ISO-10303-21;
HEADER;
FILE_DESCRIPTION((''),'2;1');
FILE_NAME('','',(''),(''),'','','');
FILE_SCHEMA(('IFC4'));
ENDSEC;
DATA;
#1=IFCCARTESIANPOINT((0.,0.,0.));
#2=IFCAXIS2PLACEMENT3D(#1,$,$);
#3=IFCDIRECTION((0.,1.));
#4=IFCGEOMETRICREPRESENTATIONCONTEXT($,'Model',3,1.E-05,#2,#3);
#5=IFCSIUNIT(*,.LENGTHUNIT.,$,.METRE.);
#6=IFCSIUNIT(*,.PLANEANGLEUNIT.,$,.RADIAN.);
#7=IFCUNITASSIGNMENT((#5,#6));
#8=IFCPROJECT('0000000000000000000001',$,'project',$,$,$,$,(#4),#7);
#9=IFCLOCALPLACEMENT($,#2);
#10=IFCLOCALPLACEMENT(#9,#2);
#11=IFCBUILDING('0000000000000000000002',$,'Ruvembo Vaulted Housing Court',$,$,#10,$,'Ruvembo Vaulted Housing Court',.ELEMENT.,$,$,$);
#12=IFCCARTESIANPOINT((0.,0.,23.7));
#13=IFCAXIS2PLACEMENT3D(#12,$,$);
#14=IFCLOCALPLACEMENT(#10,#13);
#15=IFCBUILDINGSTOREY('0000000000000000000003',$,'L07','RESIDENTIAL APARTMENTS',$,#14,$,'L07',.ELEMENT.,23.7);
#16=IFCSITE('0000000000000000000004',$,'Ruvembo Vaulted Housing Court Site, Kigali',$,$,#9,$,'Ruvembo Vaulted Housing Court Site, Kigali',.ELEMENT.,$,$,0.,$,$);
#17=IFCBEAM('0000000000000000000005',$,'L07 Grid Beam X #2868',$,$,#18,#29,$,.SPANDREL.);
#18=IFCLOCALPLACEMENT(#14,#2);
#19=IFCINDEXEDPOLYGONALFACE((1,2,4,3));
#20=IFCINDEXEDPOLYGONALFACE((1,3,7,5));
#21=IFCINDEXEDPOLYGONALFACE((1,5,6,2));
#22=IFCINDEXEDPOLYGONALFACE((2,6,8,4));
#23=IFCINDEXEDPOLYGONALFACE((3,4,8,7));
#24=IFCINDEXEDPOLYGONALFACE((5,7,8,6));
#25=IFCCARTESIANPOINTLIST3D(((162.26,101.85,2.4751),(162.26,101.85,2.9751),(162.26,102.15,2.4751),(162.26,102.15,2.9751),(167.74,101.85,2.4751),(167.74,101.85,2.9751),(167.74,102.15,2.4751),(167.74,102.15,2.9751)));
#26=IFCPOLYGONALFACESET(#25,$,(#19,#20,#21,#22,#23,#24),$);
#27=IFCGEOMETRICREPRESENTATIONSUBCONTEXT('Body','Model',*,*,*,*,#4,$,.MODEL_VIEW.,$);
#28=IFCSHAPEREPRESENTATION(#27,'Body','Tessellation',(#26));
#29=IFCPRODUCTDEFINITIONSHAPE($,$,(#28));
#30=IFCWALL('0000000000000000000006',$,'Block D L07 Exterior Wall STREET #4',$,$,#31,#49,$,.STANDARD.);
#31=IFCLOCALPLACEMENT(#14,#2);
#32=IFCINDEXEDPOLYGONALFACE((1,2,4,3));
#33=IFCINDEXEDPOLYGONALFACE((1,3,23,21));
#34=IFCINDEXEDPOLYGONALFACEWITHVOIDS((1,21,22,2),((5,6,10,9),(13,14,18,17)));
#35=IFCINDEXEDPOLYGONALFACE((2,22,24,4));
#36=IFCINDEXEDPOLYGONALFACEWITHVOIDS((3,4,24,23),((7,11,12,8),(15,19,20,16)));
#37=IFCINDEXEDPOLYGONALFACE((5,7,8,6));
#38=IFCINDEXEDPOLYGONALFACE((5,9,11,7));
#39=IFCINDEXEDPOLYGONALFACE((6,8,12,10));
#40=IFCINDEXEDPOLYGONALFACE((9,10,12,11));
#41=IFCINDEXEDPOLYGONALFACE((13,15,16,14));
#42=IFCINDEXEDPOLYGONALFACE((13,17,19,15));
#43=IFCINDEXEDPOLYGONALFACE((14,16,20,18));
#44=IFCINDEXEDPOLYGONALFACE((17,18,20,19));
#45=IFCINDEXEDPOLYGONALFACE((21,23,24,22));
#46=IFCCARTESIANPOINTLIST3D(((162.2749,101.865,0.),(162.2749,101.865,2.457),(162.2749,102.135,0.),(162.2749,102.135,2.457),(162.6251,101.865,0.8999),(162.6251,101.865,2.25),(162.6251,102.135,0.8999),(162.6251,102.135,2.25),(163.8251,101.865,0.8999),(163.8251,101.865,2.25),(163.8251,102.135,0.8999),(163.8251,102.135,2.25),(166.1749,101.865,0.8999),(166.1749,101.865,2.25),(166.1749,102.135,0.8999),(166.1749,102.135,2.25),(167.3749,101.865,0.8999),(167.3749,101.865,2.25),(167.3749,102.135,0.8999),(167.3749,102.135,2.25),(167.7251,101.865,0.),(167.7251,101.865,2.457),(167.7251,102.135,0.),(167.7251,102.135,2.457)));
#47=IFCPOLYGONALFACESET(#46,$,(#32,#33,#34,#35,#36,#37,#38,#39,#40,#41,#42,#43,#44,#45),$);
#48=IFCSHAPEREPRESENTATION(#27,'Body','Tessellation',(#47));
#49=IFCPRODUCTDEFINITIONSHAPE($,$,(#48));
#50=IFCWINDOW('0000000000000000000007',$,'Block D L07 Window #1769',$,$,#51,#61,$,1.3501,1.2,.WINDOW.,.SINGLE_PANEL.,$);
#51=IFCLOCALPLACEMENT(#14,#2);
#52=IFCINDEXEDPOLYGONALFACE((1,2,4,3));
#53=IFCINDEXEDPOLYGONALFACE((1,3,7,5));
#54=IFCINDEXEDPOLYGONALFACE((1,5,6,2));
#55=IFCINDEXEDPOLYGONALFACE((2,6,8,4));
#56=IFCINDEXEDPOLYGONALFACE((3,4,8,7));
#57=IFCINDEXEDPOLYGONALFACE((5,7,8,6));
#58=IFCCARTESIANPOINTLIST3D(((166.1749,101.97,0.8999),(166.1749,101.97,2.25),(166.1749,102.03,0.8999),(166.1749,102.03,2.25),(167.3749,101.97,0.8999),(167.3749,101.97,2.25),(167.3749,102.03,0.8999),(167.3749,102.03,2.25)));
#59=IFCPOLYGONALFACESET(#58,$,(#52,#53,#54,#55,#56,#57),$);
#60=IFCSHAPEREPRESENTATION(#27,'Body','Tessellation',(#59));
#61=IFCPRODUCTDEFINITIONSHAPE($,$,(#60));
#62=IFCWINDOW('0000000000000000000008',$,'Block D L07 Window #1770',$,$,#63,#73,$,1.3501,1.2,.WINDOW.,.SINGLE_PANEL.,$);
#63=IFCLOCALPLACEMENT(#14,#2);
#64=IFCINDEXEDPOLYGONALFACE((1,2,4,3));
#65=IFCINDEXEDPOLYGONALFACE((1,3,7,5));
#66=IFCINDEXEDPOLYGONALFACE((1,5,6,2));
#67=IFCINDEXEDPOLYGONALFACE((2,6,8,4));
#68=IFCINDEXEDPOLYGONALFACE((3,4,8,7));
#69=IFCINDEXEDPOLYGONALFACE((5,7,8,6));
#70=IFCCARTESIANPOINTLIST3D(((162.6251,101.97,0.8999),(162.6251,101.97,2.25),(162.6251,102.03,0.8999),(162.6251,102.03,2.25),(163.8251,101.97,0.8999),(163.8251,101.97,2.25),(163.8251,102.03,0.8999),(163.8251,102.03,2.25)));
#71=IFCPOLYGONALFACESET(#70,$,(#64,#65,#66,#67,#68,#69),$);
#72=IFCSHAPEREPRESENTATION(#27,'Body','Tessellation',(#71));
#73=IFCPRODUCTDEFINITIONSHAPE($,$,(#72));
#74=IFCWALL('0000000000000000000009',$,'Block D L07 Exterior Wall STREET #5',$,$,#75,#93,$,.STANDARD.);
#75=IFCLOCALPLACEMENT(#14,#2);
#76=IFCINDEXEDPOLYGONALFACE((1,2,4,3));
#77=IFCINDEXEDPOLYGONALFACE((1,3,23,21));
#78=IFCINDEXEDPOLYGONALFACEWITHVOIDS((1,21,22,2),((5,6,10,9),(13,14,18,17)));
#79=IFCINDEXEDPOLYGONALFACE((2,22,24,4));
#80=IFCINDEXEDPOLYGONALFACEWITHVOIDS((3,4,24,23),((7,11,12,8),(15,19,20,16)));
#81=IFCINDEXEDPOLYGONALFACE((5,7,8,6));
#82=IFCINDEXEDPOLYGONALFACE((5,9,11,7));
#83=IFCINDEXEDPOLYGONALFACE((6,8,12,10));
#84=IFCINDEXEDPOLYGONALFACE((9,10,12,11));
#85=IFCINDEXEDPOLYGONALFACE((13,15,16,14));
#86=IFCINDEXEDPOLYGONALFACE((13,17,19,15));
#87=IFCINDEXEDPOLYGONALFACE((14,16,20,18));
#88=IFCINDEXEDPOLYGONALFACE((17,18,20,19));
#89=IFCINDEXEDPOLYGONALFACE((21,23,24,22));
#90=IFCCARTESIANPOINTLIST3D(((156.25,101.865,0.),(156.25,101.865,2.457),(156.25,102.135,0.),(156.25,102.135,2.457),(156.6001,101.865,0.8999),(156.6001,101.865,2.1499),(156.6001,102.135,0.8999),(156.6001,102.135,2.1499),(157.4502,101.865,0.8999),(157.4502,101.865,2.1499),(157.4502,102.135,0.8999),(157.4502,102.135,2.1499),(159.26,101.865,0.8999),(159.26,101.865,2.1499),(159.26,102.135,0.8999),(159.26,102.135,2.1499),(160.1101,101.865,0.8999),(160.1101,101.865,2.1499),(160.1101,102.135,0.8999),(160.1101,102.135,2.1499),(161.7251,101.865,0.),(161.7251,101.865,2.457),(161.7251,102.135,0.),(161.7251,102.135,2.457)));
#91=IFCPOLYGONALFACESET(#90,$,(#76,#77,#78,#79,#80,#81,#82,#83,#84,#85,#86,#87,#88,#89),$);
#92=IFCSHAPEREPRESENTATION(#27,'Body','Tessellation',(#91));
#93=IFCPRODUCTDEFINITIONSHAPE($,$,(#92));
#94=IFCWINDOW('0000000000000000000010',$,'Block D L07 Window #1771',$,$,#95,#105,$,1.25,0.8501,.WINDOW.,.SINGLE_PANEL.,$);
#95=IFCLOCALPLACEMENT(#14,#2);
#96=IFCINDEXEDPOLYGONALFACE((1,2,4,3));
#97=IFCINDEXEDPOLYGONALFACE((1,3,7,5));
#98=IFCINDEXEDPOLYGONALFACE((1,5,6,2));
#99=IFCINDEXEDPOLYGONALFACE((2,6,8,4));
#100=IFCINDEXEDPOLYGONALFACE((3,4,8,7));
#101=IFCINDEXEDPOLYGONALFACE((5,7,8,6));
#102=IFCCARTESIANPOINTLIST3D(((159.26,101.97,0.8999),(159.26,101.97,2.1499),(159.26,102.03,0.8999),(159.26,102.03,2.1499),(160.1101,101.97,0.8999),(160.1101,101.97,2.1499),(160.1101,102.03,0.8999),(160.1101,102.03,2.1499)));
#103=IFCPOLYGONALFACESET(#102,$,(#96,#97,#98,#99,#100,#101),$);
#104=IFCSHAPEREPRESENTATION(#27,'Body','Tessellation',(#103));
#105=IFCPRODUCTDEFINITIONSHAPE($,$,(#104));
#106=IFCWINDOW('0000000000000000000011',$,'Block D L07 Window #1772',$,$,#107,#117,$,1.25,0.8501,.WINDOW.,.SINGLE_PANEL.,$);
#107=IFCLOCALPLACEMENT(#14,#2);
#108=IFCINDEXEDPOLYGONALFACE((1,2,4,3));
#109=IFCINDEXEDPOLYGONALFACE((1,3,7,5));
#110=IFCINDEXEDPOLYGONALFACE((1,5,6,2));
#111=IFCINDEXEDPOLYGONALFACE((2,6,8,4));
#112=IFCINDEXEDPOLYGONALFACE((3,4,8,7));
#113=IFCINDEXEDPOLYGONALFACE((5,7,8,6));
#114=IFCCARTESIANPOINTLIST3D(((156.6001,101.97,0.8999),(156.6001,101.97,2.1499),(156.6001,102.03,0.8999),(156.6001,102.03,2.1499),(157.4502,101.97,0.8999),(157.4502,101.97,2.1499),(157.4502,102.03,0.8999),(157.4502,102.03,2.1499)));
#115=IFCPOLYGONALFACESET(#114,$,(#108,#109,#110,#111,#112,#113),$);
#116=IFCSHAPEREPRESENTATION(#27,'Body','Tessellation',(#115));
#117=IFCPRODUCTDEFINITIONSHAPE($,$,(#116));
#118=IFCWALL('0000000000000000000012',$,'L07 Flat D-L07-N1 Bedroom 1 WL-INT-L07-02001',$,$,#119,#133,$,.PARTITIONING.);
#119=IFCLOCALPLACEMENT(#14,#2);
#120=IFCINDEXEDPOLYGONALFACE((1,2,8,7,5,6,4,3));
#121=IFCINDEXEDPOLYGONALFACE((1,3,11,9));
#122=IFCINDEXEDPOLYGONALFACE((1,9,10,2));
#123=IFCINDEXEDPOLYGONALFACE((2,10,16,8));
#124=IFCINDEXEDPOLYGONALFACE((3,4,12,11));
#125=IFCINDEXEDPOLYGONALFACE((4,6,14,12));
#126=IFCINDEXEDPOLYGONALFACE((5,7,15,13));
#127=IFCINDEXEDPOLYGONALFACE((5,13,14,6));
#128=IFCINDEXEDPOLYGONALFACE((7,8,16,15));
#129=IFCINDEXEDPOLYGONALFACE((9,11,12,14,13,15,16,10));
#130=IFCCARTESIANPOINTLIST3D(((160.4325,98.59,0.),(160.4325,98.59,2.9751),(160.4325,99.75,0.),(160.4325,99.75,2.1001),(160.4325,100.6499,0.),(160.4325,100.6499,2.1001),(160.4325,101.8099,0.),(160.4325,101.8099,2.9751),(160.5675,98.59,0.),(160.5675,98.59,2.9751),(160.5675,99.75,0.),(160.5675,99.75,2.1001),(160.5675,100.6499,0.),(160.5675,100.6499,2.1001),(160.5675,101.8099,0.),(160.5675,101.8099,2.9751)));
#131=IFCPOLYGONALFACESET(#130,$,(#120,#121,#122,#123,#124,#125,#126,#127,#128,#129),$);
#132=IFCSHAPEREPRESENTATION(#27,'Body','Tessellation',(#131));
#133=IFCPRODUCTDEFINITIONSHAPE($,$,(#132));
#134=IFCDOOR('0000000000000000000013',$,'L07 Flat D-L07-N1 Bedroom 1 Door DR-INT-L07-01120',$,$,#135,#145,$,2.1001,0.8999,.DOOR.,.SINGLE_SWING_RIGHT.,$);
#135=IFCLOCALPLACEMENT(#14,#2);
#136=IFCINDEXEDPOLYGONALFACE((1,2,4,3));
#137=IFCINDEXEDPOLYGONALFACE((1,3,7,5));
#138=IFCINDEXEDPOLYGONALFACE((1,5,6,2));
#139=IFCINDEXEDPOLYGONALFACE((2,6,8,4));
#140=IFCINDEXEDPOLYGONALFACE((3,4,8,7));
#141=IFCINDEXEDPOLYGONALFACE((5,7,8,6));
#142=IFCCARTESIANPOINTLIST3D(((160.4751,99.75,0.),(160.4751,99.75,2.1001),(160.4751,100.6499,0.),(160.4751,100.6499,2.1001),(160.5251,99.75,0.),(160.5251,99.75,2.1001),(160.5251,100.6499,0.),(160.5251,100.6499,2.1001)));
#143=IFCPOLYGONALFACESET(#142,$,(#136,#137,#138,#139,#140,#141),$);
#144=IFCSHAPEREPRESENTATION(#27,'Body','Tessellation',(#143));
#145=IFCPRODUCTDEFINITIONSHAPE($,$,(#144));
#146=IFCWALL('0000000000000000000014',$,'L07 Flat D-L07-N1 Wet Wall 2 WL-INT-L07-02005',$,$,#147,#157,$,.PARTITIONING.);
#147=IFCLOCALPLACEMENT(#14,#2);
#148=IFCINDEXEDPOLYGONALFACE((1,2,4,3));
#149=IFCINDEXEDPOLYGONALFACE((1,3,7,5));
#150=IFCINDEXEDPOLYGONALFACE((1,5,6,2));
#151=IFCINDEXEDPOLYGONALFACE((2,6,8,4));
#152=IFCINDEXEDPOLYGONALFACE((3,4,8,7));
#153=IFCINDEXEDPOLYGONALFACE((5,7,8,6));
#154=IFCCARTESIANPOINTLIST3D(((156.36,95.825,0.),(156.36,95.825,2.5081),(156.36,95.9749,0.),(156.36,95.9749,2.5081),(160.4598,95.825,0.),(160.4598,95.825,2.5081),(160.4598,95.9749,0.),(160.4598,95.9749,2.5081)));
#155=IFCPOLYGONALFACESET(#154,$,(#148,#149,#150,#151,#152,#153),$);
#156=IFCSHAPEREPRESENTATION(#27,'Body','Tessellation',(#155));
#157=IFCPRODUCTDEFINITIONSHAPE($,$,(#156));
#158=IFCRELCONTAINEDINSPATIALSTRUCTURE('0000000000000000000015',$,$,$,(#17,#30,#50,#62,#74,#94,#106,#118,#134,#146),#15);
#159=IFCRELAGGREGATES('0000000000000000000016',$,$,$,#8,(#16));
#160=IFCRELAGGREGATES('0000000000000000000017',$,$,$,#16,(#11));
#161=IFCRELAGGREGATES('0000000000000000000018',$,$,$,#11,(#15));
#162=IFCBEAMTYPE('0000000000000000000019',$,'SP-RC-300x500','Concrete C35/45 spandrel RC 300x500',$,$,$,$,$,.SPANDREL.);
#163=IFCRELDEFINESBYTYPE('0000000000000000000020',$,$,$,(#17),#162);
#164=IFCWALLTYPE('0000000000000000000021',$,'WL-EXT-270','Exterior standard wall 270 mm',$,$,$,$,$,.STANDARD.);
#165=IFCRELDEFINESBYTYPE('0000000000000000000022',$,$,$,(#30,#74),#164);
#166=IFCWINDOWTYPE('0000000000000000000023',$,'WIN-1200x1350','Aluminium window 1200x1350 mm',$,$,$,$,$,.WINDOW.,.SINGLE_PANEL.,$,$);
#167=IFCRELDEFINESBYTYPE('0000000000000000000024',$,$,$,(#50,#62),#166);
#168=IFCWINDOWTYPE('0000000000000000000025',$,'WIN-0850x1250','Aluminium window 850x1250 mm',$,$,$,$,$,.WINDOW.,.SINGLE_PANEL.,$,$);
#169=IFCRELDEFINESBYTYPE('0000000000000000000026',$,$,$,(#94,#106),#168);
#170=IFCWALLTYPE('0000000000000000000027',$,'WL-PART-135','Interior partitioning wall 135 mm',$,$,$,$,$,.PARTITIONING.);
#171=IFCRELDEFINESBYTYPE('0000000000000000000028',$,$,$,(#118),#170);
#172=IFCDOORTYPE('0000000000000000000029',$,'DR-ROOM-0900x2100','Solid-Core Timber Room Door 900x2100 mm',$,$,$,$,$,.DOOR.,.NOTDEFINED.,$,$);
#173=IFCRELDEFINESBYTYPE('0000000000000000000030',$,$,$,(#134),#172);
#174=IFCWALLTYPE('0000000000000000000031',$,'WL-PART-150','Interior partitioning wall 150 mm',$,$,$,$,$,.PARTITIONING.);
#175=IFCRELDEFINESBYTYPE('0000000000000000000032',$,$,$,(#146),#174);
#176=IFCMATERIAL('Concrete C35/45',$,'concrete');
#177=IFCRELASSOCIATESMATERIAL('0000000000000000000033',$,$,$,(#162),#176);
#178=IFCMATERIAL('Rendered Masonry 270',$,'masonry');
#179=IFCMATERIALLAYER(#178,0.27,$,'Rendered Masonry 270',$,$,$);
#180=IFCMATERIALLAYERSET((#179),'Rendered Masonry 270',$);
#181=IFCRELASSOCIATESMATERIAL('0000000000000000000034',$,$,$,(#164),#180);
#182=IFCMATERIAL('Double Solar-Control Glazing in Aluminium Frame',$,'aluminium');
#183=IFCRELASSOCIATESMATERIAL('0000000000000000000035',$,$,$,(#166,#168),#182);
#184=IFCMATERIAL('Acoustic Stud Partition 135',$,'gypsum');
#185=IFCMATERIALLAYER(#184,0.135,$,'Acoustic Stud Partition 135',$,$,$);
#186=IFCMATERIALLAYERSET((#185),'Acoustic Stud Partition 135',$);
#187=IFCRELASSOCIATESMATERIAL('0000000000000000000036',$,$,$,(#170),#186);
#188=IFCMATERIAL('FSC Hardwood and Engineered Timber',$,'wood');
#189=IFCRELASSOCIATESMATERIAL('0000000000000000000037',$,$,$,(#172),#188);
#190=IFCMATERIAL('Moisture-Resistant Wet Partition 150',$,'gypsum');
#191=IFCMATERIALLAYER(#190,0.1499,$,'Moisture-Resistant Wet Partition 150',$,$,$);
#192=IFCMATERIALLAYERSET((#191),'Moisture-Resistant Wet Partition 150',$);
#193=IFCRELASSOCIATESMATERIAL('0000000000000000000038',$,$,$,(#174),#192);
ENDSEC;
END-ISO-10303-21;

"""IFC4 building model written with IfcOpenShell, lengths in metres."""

from ifc_helpers import new_model, si_unit, direction, frame, frame_2d, origin, origin_2d, place, context, subcontext, project, spatial, rectangle, extrude, material, layer, layer_set, material_profile, profile_set, type_object, element, fill, save


model = new_model("IFC4")

# Units and contexts
model_context = context("Model", 3, precision=1e-05, world=origin(), true_north=direction((0.0, 1.0)))
body_context = subcontext(model_context, "Body", "Model", "MODEL_VIEW")
ifc_project = project(units=[si_unit("LENGTHUNIT", "METRE"), si_unit("PLANEANGLEUNIT", "RADIAN")], contexts=[model_context])

# Site, building, storey
site_placement = place(None, origin())
site = spatial("IfcSite", under=ifc_project, at=site_placement, Name="Ruvembo Vaulted Housing Court Site, Kigali", LongName="Ruvembo Vaulted Housing Court Site, Kigali", CompositionType="ELEMENT", RefElevation=0.0)
building_placement = place(site_placement, origin())
building = spatial("IfcBuilding", under=site, at=building_placement, Name="Ruvembo Vaulted Housing Court", LongName="Ruvembo Vaulted Housing Court", CompositionType="ELEMENT")
storey_placement = place(building_placement, frame((0.0, 0.0, 23.7)))
storey = spatial("IfcBuildingStorey", under=building, at=storey_placement, Name="L07", Description="RESIDENTIAL APARTMENTS", LongName="L07", CompositionType="ELEMENT", Elevation=23.7)

# Shared definitions
ifc_material_1 = material(Name="Concrete C35/45", Category="concrete")

# Beam
ifc_material_profile_1 = material_profile(ifc_material_1, rectangle(XDim=0.3, YDim=0.5, at=origin_2d()), Name="RC 300x500")
ifc_profile_set_1 = profile_set([ifc_material_profile_1], Name="Concrete C35/45")
beam_type_1 = type_object("IfcBeamType", Name="SP-RC-300x500", Description="Concrete C35/45 spandrel RC 300x500", PredefinedType="SPANDREL", material=ifc_profile_set_1)
beam_1_placement = place(storey_placement, frame((162.26, 102.0, 2.7251), z_axis=(1.0, 0.0, 0.0), x_axis=(0.0, 1.0, 0.0)))
element("IfcBeam", 1, at=beam_1_placement, inside=storey, type_object=beam_type_1, Name="L07 Grid Beam X #2868", PredefinedType="SPANDREL", context=body_context, shape_type="SweptSolid", body=[
    extrude(rectangle(XDim=0.3, YDim=0.5, at=origin_2d()), origin(), (0.0, 0.0, 1.0), 5.48),
])

# Walls, openings, windows
ifc_material_2 = material(Name="Rendered Masonry 270", Category="masonry")
ifc_layer_1 = layer(ifc_material_2, 0.27, Name="Rendered Masonry 270")
ifc_layer_set_1 = layer_set([ifc_layer_1], Name="Rendered Masonry 270")
wall_type_1 = type_object("IfcWallType", Name="WL-EXT-270", Description="Exterior standard wall 270 mm", PredefinedType="STANDARD", material=ifc_layer_set_1)
wall_1_placement = place(storey_placement, frame((167.7251, 102.0, 0.0), z_axis=(0.0, 0.0, 1.0), x_axis=(-1.0, 0.0, 0.0)))
wall_1 = element("IfcWall", 2, at=wall_1_placement, inside=storey, type_object=wall_type_1, Name="Block D L07 Exterior Wall STREET #4", PredefinedType="STANDARD", context=body_context, shape_type="SweptSolid", body=[
    extrude(rectangle(XDim=5.4502, YDim=0.27, at=frame_2d((2.7251, 0.0))), origin(), (0.0, 0.0, 1.0), 2.457),
])
opening_1_placement = place(wall_1_placement, frame((0.3501, 0.0, 0.8999)))
opening_1 = element("IfcOpeningElement", 3, at=opening_1_placement, cuts=wall_1, PredefinedType="OPENING", context=body_context, shape_type="SweptSolid", body=[
    extrude(rectangle(XDim=1.2, YDim=1.3501, at=frame_2d((0.6001, 0.675))), frame((0.0, 0.145, 0.0), z_axis=(0.0, -1.0, 0.0), x_axis=(1.0, 0.0, 0.0)), (0.0, 0.0, 1.0), 0.29),
])
opening_2_placement = place(wall_1_placement, frame((3.8999, 0.0, 0.8999)))
opening_2 = element("IfcOpeningElement", 4, at=opening_2_placement, cuts=wall_1, PredefinedType="OPENING", context=body_context, shape_type="SweptSolid", body=[
    extrude(rectangle(XDim=1.2, YDim=1.3501, at=frame_2d((0.6001, 0.675))), frame((0.0, 0.145, 0.0), z_axis=(0.0, -1.0, 0.0), x_axis=(1.0, 0.0, 0.0)), (0.0, 0.0, 1.0), 0.29),
])
ifc_material_3 = material(Name="Double Solar-Control Glazing in Aluminium Frame", Category="aluminium")
window_type_1 = type_object("IfcWindowType", Name="WIN-1200x1350", Description="Aluminium window 1200x1350 mm", PartitioningType="SINGLE_PANEL", PredefinedType="WINDOW", material=ifc_material_3)
window_1_placement = place(opening_1_placement, origin())
window_1 = element("IfcWindow", 5, at=window_1_placement, inside=storey, type_object=window_type_1, Name="Block D L07 Window #1769", OverallHeight=1.3501, OverallWidth=1.2, PartitioningType="SINGLE_PANEL", PredefinedType="WINDOW", context=body_context, shape_type="SweptSolid", body=[
    extrude(rectangle(XDim=1.2, YDim=1.3501, at=frame_2d((0.6001, 0.675))), frame((0.0, 0.03, 0.0), z_axis=(0.0, -1.0, 0.0), x_axis=(1.0, 0.0, 0.0)), (0.0, 0.0, 1.0), 0.0601),
])
fill(opening_1, window_1)
window_2_placement = place(opening_2_placement, origin())
window_2 = element("IfcWindow", 6, at=window_2_placement, inside=storey, type_object=window_type_1, Name="Block D L07 Window #1770", OverallHeight=1.3501, OverallWidth=1.2, PartitioningType="SINGLE_PANEL", PredefinedType="WINDOW", context=body_context, shape_type="SweptSolid", body=[
    extrude(rectangle(XDim=1.2, YDim=1.3501, at=frame_2d((0.6001, 0.675))), frame((0.0, 0.03, 0.0), z_axis=(0.0, -1.0, 0.0), x_axis=(1.0, 0.0, 0.0)), (0.0, 0.0, 1.0), 0.0601),
])
fill(opening_2, window_2)
wall_2_placement = place(storey_placement, frame((161.7251, 102.0, 0.0), z_axis=(0.0, 0.0, 1.0), x_axis=(-1.0, 0.0, 0.0)))
wall_2 = element("IfcWall", 7, at=wall_2_placement, inside=storey, type_object=wall_type_1, Name="Block D L07 Exterior Wall STREET #5", PredefinedType="STANDARD", context=body_context, shape_type="SweptSolid", body=[
    extrude(rectangle(XDim=5.4751, YDim=0.27, at=frame_2d((2.7375, 0.0))), origin(), (0.0, 0.0, 1.0), 2.457),
])
opening_3_placement = place(wall_2_placement, frame((1.615, 0.0, 0.8999)))
opening_3 = element("IfcOpeningElement", 8, at=opening_3_placement, cuts=wall_2, PredefinedType="OPENING", context=body_context, shape_type="SweptSolid", body=[
    extrude(rectangle(XDim=0.8501, YDim=1.25, at=frame_2d((0.425, 0.625))), frame((0.0, 0.145, 0.0), z_axis=(0.0, -1.0, 0.0), x_axis=(1.0, 0.0, 0.0)), (0.0, 0.0, 1.0), 0.29),
])
opening_4_placement = place(wall_2_placement, frame((4.2749, 0.0, 0.8999)))
opening_4 = element("IfcOpeningElement", 9, at=opening_4_placement, cuts=wall_2, PredefinedType="OPENING", context=body_context, shape_type="SweptSolid", body=[
    extrude(rectangle(XDim=0.8501, YDim=1.25, at=frame_2d((0.425, 0.625))), frame((0.0, 0.145, 0.0), z_axis=(0.0, -1.0, 0.0), x_axis=(1.0, 0.0, 0.0)), (0.0, 0.0, 1.0), 0.29),
])
window_type_2 = type_object("IfcWindowType", Name="WIN-0850x1250", Description="Aluminium window 850x1250 mm", PartitioningType="SINGLE_PANEL", PredefinedType="WINDOW", material=ifc_material_3)
window_3_placement = place(opening_3_placement, origin())
window_3 = element("IfcWindow", 10, at=window_3_placement, inside=storey, type_object=window_type_2, Name="Block D L07 Window #1771", OverallHeight=1.25, OverallWidth=0.8501, PartitioningType="SINGLE_PANEL", PredefinedType="WINDOW", context=body_context, shape_type="SweptSolid", body=[
    extrude(rectangle(XDim=0.8501, YDim=1.25, at=frame_2d((0.425, 0.625))), frame((0.0, 0.03, 0.0), z_axis=(0.0, -1.0, 0.0), x_axis=(1.0, 0.0, 0.0)), (0.0, 0.0, 1.0), 0.0601),
])
fill(opening_3, window_3)
window_4_placement = place(opening_4_placement, origin())
window_4 = element("IfcWindow", 11, at=window_4_placement, inside=storey, type_object=window_type_2, Name="Block D L07 Window #1772", OverallHeight=1.25, OverallWidth=0.8501, PartitioningType="SINGLE_PANEL", PredefinedType="WINDOW", context=body_context, shape_type="SweptSolid", body=[
    extrude(rectangle(XDim=0.8501, YDim=1.25, at=frame_2d((0.425, 0.625))), frame((0.0, 0.03, 0.0), z_axis=(0.0, -1.0, 0.0), x_axis=(1.0, 0.0, 0.0)), (0.0, 0.0, 1.0), 0.0601),
])
fill(opening_4, window_4)

# Wall, opening, door
ifc_material_4 = material(Name="Acoustic Stud Partition 135", Category="gypsum")
ifc_layer_2 = layer(ifc_material_4, 0.135, Name="Acoustic Stud Partition 135")
ifc_layer_set_2 = layer_set([ifc_layer_2], Name="Acoustic Stud Partition 135")
wall_type_2 = type_object("IfcWallType", Name="WL-PART-135", Description="Interior partitioning wall 135 mm", PredefinedType="PARTITIONING", material=ifc_layer_set_2)
wall_3_placement = place(storey_placement, frame((160.5, 98.5901, 0.0), z_axis=(0.0, 0.0, 1.0), x_axis=(0.0, 1.0, 0.0)))
wall_3 = element("IfcWall", 12, at=wall_3_placement, inside=storey, type_object=wall_type_2, Name="L07 Flat D-L07-N1 Bedroom 1 WL-INT-L07-02001", PredefinedType="PARTITIONING", context=body_context, shape_type="SweptSolid", body=[
    extrude(rectangle(XDim=3.22, YDim=0.135, at=frame_2d((1.6099, 0.0))), origin(), (0.0, 0.0, 1.0), 2.9751),
])
opening_5_placement = place(wall_3_placement, frame((1.1599, 0.0, 0.0)))
opening_5 = element("IfcOpeningElement", 13, at=opening_5_placement, cuts=wall_3, PredefinedType="OPENING", context=body_context, shape_type="SweptSolid", body=[
    extrude(rectangle(XDim=0.8999, YDim=2.1001, at=frame_2d((0.45, 1.05))), frame((0.0, 0.0774, 0.0), z_axis=(0.0, -1.0, 0.0), x_axis=(1.0, 0.0, 0.0)), (0.0, 0.0, 1.0), 0.155),
])
ifc_material_5 = material(Name="FSC Hardwood and Engineered Timber", Category="wood")
door_type_1 = type_object("IfcDoorType", Name="DR-ROOM-0900x2100", Description="Solid-Core Timber Room Door 900x2100 mm", OperationType="NOTDEFINED", PredefinedType="DOOR", material=ifc_material_5)
door_1_placement = place(opening_5_placement, origin())
door_1 = element("IfcDoor", 14, at=door_1_placement, inside=storey, type_object=door_type_1, Name="L07 Flat D-L07-N1 Bedroom 1 Door DR-INT-L07-01120", OperationType="SINGLE_SWING_RIGHT", OverallHeight=2.1001, OverallWidth=0.8999, PredefinedType="DOOR", context=body_context, shape_type="SweptSolid", body=[
    extrude(rectangle(XDim=0.8999, YDim=2.1001, at=frame_2d((0.45, 1.05))), frame((0.0, 0.0249, 0.0), z_axis=(0.0, -1.0, 0.0), x_axis=(1.0, 0.0, 0.0)), (0.0, 0.0, 1.0), 0.05),
])
fill(opening_5, door_1)

# Wall
ifc_material_6 = material(Name="Moisture-Resistant Wet Partition 150", Category="gypsum")
ifc_layer_3 = layer(ifc_material_6, 0.1499, Name="Moisture-Resistant Wet Partition 150")
ifc_layer_set_3 = layer_set([ifc_layer_3], Name="Moisture-Resistant Wet Partition 150")
wall_type_3 = type_object("IfcWallType", Name="WL-PART-150", Description="Interior partitioning wall 150 mm", PredefinedType="PARTITIONING", material=ifc_layer_set_3)
wall_4_placement = place(storey_placement, frame((156.3601, 95.8999, 0.0), z_axis=(0.0, 0.0, 1.0), x_axis=(1.0, 0.0, 0.0)))
element("IfcWall", 15, at=wall_4_placement, inside=storey, type_object=wall_type_3, Name="L07 Flat D-L07-N1 Wet Wall 2 WL-INT-L07-02005", PredefinedType="PARTITIONING", context=body_context, shape_type="SweptSolid", body=[
    extrude(rectangle(XDim=4.0999, YDim=0.1499, at=frame_2d((2.0498, 0.0))), origin(), (0.0, 0.0, 1.0), 2.5081),
])

save(model, "model.ifc")
